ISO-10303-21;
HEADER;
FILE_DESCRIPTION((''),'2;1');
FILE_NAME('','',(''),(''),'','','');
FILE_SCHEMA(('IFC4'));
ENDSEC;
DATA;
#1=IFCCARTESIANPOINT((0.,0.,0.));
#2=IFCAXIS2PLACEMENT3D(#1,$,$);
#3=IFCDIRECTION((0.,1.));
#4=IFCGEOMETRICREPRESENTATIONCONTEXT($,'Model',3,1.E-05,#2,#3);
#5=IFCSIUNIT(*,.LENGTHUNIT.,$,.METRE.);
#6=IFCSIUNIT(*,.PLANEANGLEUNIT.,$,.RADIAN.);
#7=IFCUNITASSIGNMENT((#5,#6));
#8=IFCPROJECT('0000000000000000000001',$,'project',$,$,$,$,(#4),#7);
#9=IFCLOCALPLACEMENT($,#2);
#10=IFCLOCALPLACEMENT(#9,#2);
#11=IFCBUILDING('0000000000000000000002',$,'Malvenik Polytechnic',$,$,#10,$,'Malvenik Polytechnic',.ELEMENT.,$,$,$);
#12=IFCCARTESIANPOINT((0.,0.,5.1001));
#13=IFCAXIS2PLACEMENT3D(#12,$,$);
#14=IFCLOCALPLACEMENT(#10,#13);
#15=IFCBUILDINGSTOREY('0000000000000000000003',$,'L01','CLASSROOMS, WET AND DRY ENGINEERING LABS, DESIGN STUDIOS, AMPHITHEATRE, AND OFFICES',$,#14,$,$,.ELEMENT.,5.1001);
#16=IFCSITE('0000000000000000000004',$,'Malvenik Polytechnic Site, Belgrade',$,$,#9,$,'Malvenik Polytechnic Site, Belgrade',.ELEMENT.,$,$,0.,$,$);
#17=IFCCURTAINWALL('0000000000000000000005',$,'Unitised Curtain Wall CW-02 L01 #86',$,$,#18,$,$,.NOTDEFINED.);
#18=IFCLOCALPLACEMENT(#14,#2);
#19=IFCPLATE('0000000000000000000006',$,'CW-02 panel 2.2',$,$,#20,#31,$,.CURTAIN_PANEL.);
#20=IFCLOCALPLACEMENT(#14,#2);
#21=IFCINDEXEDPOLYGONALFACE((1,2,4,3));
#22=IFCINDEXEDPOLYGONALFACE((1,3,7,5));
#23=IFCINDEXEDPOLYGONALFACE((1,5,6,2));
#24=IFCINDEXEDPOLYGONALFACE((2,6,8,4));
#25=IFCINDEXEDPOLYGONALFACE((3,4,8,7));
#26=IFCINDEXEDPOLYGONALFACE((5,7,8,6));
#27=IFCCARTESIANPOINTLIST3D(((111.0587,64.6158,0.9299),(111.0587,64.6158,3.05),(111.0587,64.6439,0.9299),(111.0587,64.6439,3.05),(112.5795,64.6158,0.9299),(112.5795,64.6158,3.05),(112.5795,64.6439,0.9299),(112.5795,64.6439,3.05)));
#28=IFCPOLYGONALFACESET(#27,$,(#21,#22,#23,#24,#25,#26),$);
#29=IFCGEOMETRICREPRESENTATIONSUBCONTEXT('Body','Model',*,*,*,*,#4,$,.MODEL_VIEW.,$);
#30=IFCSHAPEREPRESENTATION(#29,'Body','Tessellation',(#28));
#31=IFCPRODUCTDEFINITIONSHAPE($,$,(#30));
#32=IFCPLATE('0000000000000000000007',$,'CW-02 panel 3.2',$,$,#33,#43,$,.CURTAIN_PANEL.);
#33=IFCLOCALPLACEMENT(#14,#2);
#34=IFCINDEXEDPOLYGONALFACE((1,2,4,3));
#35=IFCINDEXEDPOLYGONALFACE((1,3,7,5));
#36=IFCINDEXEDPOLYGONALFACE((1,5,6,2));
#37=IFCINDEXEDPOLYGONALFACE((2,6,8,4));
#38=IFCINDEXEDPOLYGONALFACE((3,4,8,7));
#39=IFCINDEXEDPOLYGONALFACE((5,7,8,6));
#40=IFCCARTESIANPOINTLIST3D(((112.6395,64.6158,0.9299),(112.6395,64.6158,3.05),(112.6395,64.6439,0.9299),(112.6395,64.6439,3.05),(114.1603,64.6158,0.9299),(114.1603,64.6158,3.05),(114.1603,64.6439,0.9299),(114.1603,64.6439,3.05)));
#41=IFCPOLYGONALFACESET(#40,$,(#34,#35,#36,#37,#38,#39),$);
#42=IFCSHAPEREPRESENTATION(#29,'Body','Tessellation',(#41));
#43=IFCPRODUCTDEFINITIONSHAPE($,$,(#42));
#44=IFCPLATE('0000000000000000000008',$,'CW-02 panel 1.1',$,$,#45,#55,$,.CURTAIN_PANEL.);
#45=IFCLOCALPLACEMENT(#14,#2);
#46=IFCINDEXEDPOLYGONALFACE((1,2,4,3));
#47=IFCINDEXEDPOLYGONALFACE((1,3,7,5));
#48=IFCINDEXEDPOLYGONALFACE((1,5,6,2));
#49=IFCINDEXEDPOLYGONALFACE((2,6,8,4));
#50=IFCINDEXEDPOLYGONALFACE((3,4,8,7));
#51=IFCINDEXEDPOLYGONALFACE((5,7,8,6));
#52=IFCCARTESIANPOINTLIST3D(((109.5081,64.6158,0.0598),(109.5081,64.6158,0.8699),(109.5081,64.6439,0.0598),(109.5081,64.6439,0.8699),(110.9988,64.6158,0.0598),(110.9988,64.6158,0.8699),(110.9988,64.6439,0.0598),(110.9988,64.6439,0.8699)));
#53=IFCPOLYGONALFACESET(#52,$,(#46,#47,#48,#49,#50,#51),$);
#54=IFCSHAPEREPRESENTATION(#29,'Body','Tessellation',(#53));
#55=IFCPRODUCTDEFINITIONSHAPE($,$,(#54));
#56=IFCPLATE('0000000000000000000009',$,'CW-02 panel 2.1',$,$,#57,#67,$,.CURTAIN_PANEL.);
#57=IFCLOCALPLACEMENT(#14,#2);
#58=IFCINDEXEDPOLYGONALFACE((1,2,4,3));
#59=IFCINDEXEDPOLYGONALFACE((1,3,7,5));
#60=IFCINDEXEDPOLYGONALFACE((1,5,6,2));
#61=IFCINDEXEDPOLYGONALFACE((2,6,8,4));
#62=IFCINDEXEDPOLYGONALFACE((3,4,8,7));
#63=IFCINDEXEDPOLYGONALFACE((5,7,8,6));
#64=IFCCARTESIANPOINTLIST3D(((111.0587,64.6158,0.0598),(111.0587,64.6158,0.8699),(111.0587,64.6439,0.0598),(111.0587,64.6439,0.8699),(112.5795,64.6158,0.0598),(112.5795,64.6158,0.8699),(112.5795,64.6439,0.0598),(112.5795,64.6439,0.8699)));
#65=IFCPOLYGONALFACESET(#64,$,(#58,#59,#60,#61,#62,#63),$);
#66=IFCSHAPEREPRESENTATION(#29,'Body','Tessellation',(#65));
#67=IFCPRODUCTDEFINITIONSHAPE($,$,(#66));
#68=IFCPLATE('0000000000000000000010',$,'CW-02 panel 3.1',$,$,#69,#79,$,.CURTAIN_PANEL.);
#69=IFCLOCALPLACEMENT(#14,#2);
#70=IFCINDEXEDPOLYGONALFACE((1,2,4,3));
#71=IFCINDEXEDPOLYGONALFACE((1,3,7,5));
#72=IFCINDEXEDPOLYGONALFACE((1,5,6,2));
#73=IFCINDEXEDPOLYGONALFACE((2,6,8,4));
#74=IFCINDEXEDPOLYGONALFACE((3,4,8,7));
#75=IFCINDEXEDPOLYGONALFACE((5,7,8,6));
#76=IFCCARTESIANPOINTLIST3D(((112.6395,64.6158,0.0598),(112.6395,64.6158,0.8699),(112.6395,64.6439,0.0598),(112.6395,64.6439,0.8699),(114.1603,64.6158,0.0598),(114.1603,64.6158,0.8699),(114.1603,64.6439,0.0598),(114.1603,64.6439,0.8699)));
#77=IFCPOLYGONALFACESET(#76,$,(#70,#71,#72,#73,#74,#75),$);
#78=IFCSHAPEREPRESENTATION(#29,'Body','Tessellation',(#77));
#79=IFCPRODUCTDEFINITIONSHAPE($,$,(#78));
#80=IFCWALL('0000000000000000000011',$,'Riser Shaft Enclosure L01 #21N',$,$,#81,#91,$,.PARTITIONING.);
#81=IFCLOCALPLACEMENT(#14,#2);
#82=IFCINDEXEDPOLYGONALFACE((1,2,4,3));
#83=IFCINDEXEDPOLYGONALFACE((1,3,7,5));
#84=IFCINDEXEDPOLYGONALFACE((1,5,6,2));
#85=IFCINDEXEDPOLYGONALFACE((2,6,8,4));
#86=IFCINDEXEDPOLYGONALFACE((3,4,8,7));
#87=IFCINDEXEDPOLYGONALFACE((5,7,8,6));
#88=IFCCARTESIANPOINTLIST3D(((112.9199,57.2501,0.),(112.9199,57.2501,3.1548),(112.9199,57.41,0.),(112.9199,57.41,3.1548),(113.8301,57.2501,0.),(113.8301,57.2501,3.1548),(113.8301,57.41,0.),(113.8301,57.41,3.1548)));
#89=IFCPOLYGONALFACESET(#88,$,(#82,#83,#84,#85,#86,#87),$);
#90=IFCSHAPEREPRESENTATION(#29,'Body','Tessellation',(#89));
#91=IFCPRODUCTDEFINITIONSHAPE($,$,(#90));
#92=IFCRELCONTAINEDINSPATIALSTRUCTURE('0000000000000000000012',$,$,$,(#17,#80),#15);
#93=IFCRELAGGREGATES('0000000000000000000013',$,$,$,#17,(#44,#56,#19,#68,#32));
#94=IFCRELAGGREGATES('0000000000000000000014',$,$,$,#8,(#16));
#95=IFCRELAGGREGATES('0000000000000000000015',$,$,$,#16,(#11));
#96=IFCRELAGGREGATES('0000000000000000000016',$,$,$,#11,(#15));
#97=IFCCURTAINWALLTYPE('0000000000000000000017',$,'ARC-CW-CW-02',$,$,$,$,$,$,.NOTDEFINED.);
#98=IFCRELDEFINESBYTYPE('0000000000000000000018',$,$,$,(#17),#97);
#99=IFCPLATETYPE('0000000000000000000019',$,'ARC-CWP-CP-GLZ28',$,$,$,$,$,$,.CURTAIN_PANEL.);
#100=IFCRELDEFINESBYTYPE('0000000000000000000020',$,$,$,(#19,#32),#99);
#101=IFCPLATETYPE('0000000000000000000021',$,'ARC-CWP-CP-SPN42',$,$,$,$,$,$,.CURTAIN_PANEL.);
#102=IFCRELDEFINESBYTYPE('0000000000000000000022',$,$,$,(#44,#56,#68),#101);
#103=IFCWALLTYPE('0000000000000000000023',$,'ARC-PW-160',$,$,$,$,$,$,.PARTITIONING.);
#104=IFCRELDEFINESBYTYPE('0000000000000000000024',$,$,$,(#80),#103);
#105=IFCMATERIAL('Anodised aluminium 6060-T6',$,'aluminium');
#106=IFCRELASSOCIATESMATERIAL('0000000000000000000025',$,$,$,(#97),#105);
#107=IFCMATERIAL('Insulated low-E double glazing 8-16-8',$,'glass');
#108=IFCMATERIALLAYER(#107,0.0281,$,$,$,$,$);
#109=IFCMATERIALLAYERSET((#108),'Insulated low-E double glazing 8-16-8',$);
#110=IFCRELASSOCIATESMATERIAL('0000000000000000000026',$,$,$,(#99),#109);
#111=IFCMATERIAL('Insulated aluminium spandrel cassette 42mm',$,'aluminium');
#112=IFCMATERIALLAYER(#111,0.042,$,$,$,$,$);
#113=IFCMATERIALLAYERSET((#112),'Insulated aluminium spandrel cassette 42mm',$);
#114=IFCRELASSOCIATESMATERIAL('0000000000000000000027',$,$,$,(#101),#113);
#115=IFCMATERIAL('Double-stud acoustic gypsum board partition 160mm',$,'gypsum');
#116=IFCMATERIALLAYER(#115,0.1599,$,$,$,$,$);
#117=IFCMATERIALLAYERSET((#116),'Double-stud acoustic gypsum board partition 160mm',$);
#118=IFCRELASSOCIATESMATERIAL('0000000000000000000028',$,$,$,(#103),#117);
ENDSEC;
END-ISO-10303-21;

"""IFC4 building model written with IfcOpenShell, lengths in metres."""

from ifc_helpers import new_model, si_unit, direction, frame, frame_2d, origin, origin_2d, place, context, subcontext, project, spatial, rectangle, extrude, material, layer, layer_set, type_object, element, aggregate, save


model = new_model("IFC4")

# Units and contexts
model_context = context("Model", 3, precision=1e-05, world=origin(), true_north=direction((0.0, 1.0)))
body_context = subcontext(model_context, "Body", "Model", "MODEL_VIEW")
ifc_project = project(units=[si_unit("LENGTHUNIT", "METRE"), si_unit("PLANEANGLEUNIT", "RADIAN")], contexts=[model_context])

# Site, building, storey
site_placement = place(None, origin())
site = spatial("IfcSite", under=ifc_project, at=site_placement, Name="Malvenik Polytechnic Site, Belgrade", LongName="Malvenik Polytechnic Site, Belgrade", CompositionType="ELEMENT", RefElevation=0.0)
building_placement = place(site_placement, origin())
building = spatial("IfcBuilding", under=site, at=building_placement, Name="Malvenik Polytechnic", LongName="Malvenik Polytechnic", CompositionType="ELEMENT")
storey_placement = place(building_placement, frame((0.0, 0.0, 5.1001)))
storey = spatial("IfcBuildingStorey", under=building, at=storey_placement, Name="L01", Description="CLASSROOMS, WET AND DRY ENGINEERING LABS, DESIGN STUDIOS, AMPHITHEATRE, AND OFFICES", CompositionType="ELEMENT", Elevation=5.1001)

# Curtain wall
ifc_material_1 = material(Name="Anodised aluminium 6060-T6", Category="aluminium")
curtain_wall_type = type_object("IfcCurtainWallType", Name="ARC-CW-CW-02", PredefinedType="NOTDEFINED", material=ifc_material_1)
curtain_wall_placement = place(storey_placement, origin())
curtain_wall = element("IfcCurtainWall", 1, at=curtain_wall_placement, inside=storey, type_object=curtain_wall_type, Name="Unitised Curtain Wall CW-02 L01 #86", PredefinedType="NOTDEFINED")

# Plates
ifc_material_2 = material(Name="Insulated low-E double glazing 8-16-8", Category="glass")
ifc_layer_1 = layer(ifc_material_2, 0.0281)
ifc_layer_set_1 = layer_set([ifc_layer_1], Name="Insulated low-E double glazing 8-16-8")
plate_type_1 = type_object("IfcPlateType", Name="ARC-CWP-CP-GLZ28", PredefinedType="CURTAIN_PANEL", material=ifc_layer_set_1)
plate_1_placement = place(storey_placement, frame((111.8191, 64.6299, 0.9299), z_axis=(0.0, 0.0, 1.0), x_axis=(1.0, 0.0, 0.0)))
plate_1 = element("IfcPlate", 2, at=plate_1_placement, type_object=plate_type_1, Name="CW-02 panel 2.2", PredefinedType="CURTAIN_PANEL", context=body_context, shape_type="SweptSolid", body=[
    extrude(rectangle(XDim=1.5208, YDim=0.0281, at=origin_2d()), origin(), (0.0, 0.0, 1.0), 2.1201),
])
plate_2_placement = place(storey_placement, frame((113.3999, 64.6299, 0.9299), z_axis=(0.0, 0.0, 1.0), x_axis=(1.0, 0.0, 0.0)))
plate_2 = element("IfcPlate", 3, at=plate_2_placement, type_object=plate_type_1, Name="CW-02 panel 3.2", PredefinedType="CURTAIN_PANEL", context=body_context, shape_type="SweptSolid", body=[
    extrude(rectangle(XDim=1.5208, YDim=0.0281, at=origin_2d()), origin(), (0.0, 0.0, 1.0), 2.1201),
])
ifc_material_3 = material(Name="Insulated aluminium spandrel cassette 42mm", Category="aluminium")
ifc_layer_2 = layer(ifc_material_3, 0.042)
ifc_layer_set_2 = layer_set([ifc_layer_2], Name="Insulated aluminium spandrel cassette 42mm")
plate_type_2 = type_object("IfcPlateType", Name="ARC-CWP-CP-SPN42", PredefinedType="CURTAIN_PANEL", material=ifc_layer_set_2)
plate_3_placement = place(storey_placement, frame((110.2534, 64.6299, 0.0598), z_axis=(0.0, 0.0, 1.0), x_axis=(1.0, 0.0, 0.0)))
plate_3 = element("IfcPlate", 4, at=plate_3_placement, type_object=plate_type_2, Name="CW-02 panel 1.1", PredefinedType="CURTAIN_PANEL", context=body_context, shape_type="SweptSolid", body=[
    extrude(rectangle(XDim=1.4907, YDim=0.0281, at=origin_2d()), origin(), (0.0, 0.0, 1.0), 0.8101),
])
plate_4_placement = place(storey_placement, frame((111.8191, 64.6299, 0.0598), z_axis=(0.0, 0.0, 1.0), x_axis=(1.0, 0.0, 0.0)))
plate_4 = element("IfcPlate", 5, at=plate_4_placement, type_object=plate_type_2, Name="CW-02 panel 2.1", PredefinedType="CURTAIN_PANEL", context=body_context, shape_type="SweptSolid", body=[
    extrude(rectangle(XDim=1.5208, YDim=0.0281, at=origin_2d()), origin(), (0.0, 0.0, 1.0), 0.8101),
])
plate_5_placement = place(storey_placement, frame((113.3999, 64.6299, 0.0598), z_axis=(0.0, 0.0, 1.0), x_axis=(1.0, 0.0, 0.0)))
plate_5 = element("IfcPlate", 6, at=plate_5_placement, type_object=plate_type_2, Name="CW-02 panel 3.1", PredefinedType="CURTAIN_PANEL", context=body_context, shape_type="SweptSolid", body=[
    extrude(rectangle(XDim=1.5208, YDim=0.0281, at=origin_2d()), origin(), (0.0, 0.0, 1.0), 0.8101),
])
aggregate(curtain_wall, [plate_3, plate_4, plate_1, plate_5, plate_2])

# Wall
ifc_material_4 = material(Name="Double-stud acoustic gypsum board partition 160mm", Category="gypsum")
ifc_layer_3 = layer(ifc_material_4, 0.1599)
ifc_layer_set_3 = layer_set([ifc_layer_3], Name="Double-stud acoustic gypsum board partition 160mm")
wall_type = type_object("IfcWallType", Name="ARC-PW-160", PredefinedType="PARTITIONING", material=ifc_layer_set_3)
wall_placement = place(storey_placement, frame((113.8301, 57.3301, 0.0), z_axis=(0.0, 0.0, 1.0), x_axis=(-1.0, 0.0, 0.0)))
element("IfcWall", 7, at=wall_placement, inside=storey, type_object=wall_type, Name="Riser Shaft Enclosure L01 #21N", PredefinedType="PARTITIONING", context=body_context, shape_type="SweptSolid", body=[
    extrude(rectangle(XDim=0.9102, YDim=0.1599, at=frame_2d((0.4551, 0.0))), origin(), (0.0, 0.0, 1.0), 3.1548),
])

save(model, "model.ifc")
